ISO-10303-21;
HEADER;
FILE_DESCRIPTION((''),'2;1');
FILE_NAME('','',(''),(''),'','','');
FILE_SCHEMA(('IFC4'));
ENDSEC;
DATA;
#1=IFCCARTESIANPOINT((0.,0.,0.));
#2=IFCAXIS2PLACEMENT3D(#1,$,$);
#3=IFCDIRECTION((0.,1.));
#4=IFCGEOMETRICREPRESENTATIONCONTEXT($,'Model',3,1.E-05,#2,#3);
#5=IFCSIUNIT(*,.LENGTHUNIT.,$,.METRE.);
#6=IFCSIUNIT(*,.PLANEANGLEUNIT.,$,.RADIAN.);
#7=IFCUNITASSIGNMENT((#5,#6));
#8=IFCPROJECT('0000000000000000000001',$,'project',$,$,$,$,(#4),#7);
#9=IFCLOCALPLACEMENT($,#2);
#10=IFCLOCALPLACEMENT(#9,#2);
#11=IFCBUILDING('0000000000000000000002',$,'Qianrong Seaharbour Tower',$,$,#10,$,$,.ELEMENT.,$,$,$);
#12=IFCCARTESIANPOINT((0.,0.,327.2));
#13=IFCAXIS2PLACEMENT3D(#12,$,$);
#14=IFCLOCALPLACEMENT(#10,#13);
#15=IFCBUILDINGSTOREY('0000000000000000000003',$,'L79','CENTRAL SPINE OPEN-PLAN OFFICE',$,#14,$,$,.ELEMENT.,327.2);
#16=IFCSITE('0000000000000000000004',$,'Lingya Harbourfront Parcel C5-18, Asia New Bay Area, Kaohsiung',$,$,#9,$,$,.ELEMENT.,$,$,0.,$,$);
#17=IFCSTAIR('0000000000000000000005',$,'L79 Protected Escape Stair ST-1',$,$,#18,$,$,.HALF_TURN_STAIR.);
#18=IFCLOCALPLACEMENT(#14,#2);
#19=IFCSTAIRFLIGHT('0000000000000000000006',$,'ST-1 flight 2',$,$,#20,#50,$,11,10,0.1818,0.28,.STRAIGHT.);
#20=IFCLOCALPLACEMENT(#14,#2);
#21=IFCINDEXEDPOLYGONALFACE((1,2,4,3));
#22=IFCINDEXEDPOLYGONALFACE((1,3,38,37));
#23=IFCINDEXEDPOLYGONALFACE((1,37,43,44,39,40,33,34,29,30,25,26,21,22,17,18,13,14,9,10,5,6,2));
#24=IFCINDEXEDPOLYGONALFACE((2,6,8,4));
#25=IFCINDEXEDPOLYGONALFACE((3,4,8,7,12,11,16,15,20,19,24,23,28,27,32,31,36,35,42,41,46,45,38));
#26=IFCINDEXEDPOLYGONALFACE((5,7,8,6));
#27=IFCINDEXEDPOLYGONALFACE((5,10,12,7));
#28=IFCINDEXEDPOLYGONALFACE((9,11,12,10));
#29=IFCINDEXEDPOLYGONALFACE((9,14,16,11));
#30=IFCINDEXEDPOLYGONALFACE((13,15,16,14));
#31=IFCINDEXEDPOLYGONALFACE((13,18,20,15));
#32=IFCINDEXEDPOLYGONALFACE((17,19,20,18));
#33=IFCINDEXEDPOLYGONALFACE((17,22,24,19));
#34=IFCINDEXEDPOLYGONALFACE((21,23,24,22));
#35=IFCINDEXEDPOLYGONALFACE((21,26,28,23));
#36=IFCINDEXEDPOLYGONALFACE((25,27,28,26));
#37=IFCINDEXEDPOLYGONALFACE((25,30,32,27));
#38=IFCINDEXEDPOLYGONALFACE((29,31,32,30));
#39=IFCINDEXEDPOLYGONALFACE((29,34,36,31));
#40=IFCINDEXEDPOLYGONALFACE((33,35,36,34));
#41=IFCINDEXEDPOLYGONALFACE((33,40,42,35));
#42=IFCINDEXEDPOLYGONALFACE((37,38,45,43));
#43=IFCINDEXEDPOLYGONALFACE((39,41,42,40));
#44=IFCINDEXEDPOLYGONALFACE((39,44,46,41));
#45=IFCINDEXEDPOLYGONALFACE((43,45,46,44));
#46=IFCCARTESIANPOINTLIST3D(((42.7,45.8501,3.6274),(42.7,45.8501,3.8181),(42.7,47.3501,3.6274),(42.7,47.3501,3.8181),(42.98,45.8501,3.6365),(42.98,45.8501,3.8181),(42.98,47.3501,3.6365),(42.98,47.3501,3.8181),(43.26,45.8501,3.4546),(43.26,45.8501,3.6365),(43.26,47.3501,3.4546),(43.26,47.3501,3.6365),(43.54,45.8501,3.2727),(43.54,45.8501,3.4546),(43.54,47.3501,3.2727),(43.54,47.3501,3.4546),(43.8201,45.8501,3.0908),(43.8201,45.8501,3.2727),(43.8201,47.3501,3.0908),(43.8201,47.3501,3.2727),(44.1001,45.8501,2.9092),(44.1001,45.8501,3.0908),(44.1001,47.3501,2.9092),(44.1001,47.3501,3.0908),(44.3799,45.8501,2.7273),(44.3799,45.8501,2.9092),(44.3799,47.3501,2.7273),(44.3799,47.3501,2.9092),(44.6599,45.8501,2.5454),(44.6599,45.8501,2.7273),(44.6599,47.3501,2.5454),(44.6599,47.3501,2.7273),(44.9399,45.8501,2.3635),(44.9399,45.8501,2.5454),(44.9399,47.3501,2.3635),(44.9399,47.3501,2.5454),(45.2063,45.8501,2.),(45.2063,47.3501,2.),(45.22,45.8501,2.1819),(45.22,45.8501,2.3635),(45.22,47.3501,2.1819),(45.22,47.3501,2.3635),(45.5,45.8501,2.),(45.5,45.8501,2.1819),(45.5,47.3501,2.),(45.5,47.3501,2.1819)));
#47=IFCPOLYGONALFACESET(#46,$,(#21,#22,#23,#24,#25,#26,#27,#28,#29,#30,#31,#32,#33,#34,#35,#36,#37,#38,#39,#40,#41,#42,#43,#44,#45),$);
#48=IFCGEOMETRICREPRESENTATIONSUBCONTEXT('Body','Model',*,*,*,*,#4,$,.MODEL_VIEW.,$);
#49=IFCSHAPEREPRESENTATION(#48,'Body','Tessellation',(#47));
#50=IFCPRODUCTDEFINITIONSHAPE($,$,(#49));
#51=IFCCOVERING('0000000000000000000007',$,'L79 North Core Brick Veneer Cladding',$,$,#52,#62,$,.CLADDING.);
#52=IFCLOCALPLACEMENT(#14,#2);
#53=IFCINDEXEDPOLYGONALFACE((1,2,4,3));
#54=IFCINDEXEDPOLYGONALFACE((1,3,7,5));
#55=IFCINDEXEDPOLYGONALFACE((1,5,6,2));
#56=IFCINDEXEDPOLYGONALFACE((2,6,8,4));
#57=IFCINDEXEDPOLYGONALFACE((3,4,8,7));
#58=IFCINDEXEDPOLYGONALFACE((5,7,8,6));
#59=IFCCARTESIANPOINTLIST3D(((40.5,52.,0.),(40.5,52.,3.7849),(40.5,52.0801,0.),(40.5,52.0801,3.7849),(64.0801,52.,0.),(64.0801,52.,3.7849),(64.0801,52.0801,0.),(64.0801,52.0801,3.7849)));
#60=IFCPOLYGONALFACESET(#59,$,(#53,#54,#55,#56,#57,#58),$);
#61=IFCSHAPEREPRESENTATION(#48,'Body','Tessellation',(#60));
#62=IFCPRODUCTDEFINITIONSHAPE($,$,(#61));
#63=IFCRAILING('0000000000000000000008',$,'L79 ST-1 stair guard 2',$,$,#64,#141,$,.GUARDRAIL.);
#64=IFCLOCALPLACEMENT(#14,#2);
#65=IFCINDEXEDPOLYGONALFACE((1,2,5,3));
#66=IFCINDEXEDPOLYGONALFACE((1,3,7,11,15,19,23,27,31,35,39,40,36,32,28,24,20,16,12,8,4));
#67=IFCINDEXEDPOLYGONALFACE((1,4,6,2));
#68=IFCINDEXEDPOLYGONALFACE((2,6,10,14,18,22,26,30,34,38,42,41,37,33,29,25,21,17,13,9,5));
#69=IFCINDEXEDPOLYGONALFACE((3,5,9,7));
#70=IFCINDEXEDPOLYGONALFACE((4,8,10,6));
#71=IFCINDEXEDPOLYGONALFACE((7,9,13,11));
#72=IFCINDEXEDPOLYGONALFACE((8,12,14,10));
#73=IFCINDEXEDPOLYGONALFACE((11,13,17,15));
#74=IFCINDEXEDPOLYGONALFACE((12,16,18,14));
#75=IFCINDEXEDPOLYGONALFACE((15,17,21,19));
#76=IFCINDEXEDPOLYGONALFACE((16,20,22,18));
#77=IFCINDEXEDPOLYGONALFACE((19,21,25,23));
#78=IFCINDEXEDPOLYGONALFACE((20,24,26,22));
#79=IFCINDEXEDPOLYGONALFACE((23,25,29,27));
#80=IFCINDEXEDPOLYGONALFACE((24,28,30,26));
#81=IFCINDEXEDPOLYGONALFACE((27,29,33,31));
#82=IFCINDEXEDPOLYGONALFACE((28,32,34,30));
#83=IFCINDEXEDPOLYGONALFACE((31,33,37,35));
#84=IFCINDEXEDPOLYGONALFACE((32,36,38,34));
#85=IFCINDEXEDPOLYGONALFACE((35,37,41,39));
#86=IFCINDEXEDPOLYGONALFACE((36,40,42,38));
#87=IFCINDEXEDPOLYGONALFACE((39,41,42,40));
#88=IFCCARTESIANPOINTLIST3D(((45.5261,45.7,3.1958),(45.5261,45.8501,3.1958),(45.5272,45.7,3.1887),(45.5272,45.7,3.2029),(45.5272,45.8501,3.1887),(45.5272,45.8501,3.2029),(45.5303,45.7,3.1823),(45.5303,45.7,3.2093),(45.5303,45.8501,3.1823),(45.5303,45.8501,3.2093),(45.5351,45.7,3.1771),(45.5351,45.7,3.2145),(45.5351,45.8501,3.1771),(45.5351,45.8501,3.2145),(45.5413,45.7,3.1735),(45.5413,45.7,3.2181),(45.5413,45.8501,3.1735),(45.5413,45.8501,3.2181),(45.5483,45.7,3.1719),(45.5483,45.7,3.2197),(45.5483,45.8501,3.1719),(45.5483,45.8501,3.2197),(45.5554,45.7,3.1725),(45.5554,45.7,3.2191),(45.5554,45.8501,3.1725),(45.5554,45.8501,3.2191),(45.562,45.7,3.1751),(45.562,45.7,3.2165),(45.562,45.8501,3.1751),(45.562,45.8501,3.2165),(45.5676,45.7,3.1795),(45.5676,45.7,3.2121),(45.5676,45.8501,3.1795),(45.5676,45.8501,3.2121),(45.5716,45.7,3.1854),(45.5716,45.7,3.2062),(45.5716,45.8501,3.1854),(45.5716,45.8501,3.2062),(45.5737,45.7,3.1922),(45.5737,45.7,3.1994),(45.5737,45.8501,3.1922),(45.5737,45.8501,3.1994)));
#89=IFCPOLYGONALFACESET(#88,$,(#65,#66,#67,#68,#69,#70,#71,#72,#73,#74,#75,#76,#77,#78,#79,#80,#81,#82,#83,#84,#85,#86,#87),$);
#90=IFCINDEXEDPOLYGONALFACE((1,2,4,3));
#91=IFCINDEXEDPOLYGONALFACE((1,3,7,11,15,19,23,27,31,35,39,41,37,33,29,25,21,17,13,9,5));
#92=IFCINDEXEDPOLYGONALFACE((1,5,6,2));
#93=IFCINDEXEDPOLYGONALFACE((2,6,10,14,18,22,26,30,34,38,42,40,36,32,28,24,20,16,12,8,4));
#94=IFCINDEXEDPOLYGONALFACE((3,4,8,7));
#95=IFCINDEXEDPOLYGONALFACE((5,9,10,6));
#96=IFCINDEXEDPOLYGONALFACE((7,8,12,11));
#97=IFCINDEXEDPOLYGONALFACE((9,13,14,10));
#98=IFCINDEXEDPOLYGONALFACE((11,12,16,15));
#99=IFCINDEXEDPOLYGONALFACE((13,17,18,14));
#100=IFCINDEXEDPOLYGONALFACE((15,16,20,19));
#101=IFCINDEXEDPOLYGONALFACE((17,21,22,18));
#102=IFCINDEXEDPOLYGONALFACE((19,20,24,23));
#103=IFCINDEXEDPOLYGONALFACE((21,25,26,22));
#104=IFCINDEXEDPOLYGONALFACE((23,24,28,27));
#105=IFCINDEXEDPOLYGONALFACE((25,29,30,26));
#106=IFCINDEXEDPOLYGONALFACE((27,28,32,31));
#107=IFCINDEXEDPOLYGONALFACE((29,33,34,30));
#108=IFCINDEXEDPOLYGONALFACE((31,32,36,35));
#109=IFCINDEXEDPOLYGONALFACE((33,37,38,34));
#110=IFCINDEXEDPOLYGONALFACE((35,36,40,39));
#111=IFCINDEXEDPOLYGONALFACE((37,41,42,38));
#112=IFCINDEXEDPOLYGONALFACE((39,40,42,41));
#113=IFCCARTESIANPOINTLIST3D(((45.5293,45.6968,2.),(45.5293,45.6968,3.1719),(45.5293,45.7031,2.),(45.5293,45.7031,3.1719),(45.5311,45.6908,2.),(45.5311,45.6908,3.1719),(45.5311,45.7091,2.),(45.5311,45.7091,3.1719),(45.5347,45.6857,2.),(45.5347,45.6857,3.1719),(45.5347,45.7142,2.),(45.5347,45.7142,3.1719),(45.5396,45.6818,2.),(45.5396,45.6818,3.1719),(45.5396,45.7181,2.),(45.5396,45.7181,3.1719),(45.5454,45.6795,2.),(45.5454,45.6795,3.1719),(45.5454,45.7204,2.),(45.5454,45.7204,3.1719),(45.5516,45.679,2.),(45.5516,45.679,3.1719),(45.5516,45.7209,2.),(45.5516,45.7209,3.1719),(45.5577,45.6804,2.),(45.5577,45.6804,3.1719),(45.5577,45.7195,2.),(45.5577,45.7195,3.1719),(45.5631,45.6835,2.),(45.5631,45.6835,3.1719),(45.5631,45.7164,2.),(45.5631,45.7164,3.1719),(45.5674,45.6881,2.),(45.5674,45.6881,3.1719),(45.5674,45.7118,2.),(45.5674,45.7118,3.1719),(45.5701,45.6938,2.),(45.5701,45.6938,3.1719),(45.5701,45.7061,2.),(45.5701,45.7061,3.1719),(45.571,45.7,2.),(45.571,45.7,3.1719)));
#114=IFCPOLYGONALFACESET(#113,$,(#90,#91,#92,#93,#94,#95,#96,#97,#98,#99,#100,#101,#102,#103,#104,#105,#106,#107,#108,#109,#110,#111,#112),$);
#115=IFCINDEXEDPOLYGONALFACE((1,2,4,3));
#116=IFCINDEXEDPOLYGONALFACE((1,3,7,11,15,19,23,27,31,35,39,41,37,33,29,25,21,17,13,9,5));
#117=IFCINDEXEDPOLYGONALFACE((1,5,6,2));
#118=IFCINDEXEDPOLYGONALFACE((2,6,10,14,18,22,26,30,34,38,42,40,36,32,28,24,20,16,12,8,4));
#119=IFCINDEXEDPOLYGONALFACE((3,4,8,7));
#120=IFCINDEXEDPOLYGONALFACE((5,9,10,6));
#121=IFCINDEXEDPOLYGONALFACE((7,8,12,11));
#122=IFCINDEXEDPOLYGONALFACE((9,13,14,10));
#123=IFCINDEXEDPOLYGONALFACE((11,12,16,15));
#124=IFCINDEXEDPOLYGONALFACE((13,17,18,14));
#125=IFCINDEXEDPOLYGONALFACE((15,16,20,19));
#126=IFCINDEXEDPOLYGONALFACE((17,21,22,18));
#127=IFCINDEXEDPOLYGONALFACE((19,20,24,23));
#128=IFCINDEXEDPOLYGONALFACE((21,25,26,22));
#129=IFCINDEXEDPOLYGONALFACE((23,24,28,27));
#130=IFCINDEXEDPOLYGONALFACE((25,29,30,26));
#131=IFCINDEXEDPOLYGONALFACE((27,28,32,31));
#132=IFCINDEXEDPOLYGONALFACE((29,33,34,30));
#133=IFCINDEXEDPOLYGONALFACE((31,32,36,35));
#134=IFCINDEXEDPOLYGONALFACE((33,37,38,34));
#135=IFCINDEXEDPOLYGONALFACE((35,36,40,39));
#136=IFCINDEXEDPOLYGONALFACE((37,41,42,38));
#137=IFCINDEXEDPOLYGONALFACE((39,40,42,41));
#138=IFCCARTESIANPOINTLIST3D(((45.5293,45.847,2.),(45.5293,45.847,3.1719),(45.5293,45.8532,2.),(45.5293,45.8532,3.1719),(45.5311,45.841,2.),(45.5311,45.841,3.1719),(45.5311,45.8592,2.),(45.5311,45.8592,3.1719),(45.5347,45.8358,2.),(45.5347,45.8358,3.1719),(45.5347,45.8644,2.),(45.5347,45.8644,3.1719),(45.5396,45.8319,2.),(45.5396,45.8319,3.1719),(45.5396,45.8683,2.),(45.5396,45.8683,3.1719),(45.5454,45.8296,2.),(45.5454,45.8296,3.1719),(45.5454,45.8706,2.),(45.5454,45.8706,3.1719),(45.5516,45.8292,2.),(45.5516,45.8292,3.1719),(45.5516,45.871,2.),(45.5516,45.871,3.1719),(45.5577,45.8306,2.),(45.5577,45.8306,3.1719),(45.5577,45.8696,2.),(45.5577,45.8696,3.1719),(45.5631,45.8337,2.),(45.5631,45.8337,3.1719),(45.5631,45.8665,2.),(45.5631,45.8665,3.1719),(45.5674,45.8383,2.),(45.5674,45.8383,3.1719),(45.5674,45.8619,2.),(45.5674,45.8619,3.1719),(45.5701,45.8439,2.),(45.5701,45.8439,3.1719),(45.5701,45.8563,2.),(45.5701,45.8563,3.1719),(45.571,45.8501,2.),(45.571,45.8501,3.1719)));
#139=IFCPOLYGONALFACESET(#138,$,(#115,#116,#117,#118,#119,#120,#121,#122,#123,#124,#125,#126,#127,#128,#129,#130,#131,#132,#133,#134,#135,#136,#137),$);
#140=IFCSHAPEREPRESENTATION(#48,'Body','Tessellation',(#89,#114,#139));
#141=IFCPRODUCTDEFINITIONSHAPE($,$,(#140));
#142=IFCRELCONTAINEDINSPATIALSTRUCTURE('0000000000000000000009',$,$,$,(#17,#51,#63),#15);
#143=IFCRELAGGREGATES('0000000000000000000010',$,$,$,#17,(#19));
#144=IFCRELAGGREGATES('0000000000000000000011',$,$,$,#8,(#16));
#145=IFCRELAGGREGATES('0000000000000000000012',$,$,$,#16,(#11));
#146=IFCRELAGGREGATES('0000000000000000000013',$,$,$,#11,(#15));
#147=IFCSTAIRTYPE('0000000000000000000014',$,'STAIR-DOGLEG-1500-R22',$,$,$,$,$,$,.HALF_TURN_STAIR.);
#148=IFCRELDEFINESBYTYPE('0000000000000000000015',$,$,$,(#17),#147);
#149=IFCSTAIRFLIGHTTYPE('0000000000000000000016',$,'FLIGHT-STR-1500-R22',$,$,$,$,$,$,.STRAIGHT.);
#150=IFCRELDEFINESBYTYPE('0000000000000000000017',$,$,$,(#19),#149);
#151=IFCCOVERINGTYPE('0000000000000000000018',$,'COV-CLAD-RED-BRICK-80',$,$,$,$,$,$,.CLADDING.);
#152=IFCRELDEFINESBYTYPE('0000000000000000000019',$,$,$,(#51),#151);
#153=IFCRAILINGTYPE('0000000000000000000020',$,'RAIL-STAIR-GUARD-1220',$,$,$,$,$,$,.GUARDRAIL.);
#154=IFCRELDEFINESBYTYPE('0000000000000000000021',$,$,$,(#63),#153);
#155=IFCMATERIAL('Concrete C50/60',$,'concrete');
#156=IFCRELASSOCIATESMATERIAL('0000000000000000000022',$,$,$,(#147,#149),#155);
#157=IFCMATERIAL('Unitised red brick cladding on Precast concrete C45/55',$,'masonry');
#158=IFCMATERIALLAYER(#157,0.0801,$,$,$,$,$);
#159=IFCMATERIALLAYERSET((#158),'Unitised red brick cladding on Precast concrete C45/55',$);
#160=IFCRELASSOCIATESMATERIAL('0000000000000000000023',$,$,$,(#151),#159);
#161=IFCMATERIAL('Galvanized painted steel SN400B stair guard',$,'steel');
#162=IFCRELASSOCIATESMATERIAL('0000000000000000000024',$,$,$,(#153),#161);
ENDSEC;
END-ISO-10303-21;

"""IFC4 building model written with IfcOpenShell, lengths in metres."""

from ifc_helpers import new_model, si_unit, direction, frame, origin, origin_2d, place, context, subcontext, project, spatial, polyline, rectangle, circle, outline, extrude, material, layer, layer_set, type_object, element, aggregate, save


model = new_model("IFC4")

# Units and contexts
model_context = context("Model", 3, precision=1e-05, world=origin(), true_north=direction((0.0, 1.0)))
body_context = subcontext(model_context, "Body", "Model", "MODEL_VIEW")
ifc_project = project(units=[si_unit("LENGTHUNIT", "METRE"), si_unit("PLANEANGLEUNIT", "RADIAN")], contexts=[model_context])

# Site, building, storey
site_placement = place(None, origin())
site = spatial("IfcSite", under=ifc_project, at=site_placement, Name="Lingya Harbourfront Parcel C5-18, Asia New Bay Area, Kaohsiung", CompositionType="ELEMENT", RefElevation=0.0)
building_placement = place(site_placement, origin())
building = spatial("IfcBuilding", under=site, at=building_placement, Name="Qianrong Seaharbour Tower", CompositionType="ELEMENT")
storey_placement = place(building_placement, frame((0.0, 0.0, 327.2)))
storey = spatial("IfcBuildingStorey", under=building, at=storey_placement, Name="L79", Description="CENTRAL SPINE OPEN-PLAN OFFICE", CompositionType="ELEMENT", Elevation=327.2)

# Shared definitions
ifc_material_1 = material(Name="Concrete C50/60", Category="concrete")

# Stair, stair flight
stair_type = type_object("IfcStairType", Name="STAIR-DOGLEG-1500-R22", PredefinedType="HALF_TURN_STAIR", material=ifc_material_1)
stair_placement = place(storey_placement, origin())
stair = element("IfcStair", 1, at=stair_placement, inside=storey, type_object=stair_type, Name="L79 Protected Escape Stair ST-1", PredefinedType="HALF_TURN_STAIR")
stair_flight_type = type_object("IfcStairFlightType", Name="FLIGHT-STR-1500-R22", PredefinedType="STRAIGHT", material=ifc_material_1)
stair_flight_placement = place(storey_placement, frame((45.5, 46.6001, 2.0), z_axis=(0.0, 0.0, 1.0), x_axis=(-1.0, 0.0, 0.0)))
stair_flight = element("IfcStairFlight", 2, at=stair_flight_placement, type_object=stair_flight_type, Name="ST-1 flight 2", NumberOfRisers=11, NumberOfTreads=10, PredefinedType="STRAIGHT", RiserHeight=0.1818, TreadLength=0.28, context=body_context, shape_type="SweptSolid", body=[
    extrude(outline(polyline([(0.0, 0.0), (0.0, 0.1819), (0.28, 0.1819), (0.28, 0.3635), (0.5601, 0.3635), (0.5601, 0.5454), (0.8401, 0.5454), (0.8401, 0.7273), (1.1201, 0.7273), (1.1201, 0.9092), (1.3999, 0.9092), (1.3999, 1.0908), (1.6799, 1.0908), (1.6799, 1.2727), (1.96, 1.2727), (1.96, 1.4546), (2.24, 1.4546), (2.24, 1.6365), (2.52, 1.6365), (2.52, 1.8181), (2.8, 1.8181), (2.8, 2.0), (2.8, 1.6274), (0.2937, 0.0), (0.0, 0.0)])), frame((0.0, 0.75, 0.0), z_axis=(0.0, -1.0, 0.0), x_axis=(1.0, 0.0, 0.0)), (0.0, 0.0, 1.0), 1.5),
])
aggregate(stair, [stair_flight])

# Covering
ifc_material_2 = material(Name="Unitised red brick cladding on Precast concrete C45/55", Category="masonry")
ifc_layer_1 = layer(ifc_material_2, 0.0801)
ifc_layer_set_1 = layer_set([ifc_layer_1], Name="Unitised red brick cladding on Precast concrete C45/55")
covering_type = type_object("IfcCoveringType", Name="COV-CLAD-RED-BRICK-80", PredefinedType="CLADDING", material=ifc_layer_set_1)
covering_placement = place(storey_placement, frame((52.29, 52.04, 0.0), z_axis=(0.0, 0.0, 1.0), x_axis=(1.0, 0.0, 0.0)))
element("IfcCovering", 3, at=covering_placement, inside=storey, type_object=covering_type, Name="L79 North Core Brick Veneer Cladding", PredefinedType="CLADDING", context=body_context, shape_type="SweptSolid", body=[
    extrude(rectangle(XDim=23.5801, YDim=0.0801, at=origin_2d()), origin(), (0.0, 0.0, 1.0), 3.7849),
])

# Railing
ifc_material_3 = material(Name="Galvanized painted steel SN400B stair guard", Category="steel")
railing_type_1 = type_object("IfcRailingType", Name="RAIL-STAIR-GUARD-1220", PredefinedType="GUARDRAIL", material=ifc_material_3)
railing_1_placement = place(storey_placement, frame((45.55, 45.7, 2.0)))
element("IfcRailing", 4, at=railing_1_placement, inside=storey, type_object=railing_type_1, Name="L79 ST-1 stair guard 2", PredefinedType="GUARDRAIL", context=body_context, shape_type="SweptSolid", body=[
    extrude(circle(Radius=0.0239, at=origin_2d()), frame((0.0, 0.0, 1.1958), z_axis=(0.0, 1.0, 0.0), x_axis=(-1.0, 0.0, 0.0)), (0.0, 0.0, 1.0), 0.1501),
    extrude(circle(Radius=0.021, at=origin_2d()), origin(), (0.0, 0.0, 1.0), 1.1719),
    extrude(circle(Radius=0.021, at=origin_2d()), frame((0.0, 0.1501, 0.0)), (0.0, 0.0, 1.0), 1.1719),
])

save(model, "model.ifc")
